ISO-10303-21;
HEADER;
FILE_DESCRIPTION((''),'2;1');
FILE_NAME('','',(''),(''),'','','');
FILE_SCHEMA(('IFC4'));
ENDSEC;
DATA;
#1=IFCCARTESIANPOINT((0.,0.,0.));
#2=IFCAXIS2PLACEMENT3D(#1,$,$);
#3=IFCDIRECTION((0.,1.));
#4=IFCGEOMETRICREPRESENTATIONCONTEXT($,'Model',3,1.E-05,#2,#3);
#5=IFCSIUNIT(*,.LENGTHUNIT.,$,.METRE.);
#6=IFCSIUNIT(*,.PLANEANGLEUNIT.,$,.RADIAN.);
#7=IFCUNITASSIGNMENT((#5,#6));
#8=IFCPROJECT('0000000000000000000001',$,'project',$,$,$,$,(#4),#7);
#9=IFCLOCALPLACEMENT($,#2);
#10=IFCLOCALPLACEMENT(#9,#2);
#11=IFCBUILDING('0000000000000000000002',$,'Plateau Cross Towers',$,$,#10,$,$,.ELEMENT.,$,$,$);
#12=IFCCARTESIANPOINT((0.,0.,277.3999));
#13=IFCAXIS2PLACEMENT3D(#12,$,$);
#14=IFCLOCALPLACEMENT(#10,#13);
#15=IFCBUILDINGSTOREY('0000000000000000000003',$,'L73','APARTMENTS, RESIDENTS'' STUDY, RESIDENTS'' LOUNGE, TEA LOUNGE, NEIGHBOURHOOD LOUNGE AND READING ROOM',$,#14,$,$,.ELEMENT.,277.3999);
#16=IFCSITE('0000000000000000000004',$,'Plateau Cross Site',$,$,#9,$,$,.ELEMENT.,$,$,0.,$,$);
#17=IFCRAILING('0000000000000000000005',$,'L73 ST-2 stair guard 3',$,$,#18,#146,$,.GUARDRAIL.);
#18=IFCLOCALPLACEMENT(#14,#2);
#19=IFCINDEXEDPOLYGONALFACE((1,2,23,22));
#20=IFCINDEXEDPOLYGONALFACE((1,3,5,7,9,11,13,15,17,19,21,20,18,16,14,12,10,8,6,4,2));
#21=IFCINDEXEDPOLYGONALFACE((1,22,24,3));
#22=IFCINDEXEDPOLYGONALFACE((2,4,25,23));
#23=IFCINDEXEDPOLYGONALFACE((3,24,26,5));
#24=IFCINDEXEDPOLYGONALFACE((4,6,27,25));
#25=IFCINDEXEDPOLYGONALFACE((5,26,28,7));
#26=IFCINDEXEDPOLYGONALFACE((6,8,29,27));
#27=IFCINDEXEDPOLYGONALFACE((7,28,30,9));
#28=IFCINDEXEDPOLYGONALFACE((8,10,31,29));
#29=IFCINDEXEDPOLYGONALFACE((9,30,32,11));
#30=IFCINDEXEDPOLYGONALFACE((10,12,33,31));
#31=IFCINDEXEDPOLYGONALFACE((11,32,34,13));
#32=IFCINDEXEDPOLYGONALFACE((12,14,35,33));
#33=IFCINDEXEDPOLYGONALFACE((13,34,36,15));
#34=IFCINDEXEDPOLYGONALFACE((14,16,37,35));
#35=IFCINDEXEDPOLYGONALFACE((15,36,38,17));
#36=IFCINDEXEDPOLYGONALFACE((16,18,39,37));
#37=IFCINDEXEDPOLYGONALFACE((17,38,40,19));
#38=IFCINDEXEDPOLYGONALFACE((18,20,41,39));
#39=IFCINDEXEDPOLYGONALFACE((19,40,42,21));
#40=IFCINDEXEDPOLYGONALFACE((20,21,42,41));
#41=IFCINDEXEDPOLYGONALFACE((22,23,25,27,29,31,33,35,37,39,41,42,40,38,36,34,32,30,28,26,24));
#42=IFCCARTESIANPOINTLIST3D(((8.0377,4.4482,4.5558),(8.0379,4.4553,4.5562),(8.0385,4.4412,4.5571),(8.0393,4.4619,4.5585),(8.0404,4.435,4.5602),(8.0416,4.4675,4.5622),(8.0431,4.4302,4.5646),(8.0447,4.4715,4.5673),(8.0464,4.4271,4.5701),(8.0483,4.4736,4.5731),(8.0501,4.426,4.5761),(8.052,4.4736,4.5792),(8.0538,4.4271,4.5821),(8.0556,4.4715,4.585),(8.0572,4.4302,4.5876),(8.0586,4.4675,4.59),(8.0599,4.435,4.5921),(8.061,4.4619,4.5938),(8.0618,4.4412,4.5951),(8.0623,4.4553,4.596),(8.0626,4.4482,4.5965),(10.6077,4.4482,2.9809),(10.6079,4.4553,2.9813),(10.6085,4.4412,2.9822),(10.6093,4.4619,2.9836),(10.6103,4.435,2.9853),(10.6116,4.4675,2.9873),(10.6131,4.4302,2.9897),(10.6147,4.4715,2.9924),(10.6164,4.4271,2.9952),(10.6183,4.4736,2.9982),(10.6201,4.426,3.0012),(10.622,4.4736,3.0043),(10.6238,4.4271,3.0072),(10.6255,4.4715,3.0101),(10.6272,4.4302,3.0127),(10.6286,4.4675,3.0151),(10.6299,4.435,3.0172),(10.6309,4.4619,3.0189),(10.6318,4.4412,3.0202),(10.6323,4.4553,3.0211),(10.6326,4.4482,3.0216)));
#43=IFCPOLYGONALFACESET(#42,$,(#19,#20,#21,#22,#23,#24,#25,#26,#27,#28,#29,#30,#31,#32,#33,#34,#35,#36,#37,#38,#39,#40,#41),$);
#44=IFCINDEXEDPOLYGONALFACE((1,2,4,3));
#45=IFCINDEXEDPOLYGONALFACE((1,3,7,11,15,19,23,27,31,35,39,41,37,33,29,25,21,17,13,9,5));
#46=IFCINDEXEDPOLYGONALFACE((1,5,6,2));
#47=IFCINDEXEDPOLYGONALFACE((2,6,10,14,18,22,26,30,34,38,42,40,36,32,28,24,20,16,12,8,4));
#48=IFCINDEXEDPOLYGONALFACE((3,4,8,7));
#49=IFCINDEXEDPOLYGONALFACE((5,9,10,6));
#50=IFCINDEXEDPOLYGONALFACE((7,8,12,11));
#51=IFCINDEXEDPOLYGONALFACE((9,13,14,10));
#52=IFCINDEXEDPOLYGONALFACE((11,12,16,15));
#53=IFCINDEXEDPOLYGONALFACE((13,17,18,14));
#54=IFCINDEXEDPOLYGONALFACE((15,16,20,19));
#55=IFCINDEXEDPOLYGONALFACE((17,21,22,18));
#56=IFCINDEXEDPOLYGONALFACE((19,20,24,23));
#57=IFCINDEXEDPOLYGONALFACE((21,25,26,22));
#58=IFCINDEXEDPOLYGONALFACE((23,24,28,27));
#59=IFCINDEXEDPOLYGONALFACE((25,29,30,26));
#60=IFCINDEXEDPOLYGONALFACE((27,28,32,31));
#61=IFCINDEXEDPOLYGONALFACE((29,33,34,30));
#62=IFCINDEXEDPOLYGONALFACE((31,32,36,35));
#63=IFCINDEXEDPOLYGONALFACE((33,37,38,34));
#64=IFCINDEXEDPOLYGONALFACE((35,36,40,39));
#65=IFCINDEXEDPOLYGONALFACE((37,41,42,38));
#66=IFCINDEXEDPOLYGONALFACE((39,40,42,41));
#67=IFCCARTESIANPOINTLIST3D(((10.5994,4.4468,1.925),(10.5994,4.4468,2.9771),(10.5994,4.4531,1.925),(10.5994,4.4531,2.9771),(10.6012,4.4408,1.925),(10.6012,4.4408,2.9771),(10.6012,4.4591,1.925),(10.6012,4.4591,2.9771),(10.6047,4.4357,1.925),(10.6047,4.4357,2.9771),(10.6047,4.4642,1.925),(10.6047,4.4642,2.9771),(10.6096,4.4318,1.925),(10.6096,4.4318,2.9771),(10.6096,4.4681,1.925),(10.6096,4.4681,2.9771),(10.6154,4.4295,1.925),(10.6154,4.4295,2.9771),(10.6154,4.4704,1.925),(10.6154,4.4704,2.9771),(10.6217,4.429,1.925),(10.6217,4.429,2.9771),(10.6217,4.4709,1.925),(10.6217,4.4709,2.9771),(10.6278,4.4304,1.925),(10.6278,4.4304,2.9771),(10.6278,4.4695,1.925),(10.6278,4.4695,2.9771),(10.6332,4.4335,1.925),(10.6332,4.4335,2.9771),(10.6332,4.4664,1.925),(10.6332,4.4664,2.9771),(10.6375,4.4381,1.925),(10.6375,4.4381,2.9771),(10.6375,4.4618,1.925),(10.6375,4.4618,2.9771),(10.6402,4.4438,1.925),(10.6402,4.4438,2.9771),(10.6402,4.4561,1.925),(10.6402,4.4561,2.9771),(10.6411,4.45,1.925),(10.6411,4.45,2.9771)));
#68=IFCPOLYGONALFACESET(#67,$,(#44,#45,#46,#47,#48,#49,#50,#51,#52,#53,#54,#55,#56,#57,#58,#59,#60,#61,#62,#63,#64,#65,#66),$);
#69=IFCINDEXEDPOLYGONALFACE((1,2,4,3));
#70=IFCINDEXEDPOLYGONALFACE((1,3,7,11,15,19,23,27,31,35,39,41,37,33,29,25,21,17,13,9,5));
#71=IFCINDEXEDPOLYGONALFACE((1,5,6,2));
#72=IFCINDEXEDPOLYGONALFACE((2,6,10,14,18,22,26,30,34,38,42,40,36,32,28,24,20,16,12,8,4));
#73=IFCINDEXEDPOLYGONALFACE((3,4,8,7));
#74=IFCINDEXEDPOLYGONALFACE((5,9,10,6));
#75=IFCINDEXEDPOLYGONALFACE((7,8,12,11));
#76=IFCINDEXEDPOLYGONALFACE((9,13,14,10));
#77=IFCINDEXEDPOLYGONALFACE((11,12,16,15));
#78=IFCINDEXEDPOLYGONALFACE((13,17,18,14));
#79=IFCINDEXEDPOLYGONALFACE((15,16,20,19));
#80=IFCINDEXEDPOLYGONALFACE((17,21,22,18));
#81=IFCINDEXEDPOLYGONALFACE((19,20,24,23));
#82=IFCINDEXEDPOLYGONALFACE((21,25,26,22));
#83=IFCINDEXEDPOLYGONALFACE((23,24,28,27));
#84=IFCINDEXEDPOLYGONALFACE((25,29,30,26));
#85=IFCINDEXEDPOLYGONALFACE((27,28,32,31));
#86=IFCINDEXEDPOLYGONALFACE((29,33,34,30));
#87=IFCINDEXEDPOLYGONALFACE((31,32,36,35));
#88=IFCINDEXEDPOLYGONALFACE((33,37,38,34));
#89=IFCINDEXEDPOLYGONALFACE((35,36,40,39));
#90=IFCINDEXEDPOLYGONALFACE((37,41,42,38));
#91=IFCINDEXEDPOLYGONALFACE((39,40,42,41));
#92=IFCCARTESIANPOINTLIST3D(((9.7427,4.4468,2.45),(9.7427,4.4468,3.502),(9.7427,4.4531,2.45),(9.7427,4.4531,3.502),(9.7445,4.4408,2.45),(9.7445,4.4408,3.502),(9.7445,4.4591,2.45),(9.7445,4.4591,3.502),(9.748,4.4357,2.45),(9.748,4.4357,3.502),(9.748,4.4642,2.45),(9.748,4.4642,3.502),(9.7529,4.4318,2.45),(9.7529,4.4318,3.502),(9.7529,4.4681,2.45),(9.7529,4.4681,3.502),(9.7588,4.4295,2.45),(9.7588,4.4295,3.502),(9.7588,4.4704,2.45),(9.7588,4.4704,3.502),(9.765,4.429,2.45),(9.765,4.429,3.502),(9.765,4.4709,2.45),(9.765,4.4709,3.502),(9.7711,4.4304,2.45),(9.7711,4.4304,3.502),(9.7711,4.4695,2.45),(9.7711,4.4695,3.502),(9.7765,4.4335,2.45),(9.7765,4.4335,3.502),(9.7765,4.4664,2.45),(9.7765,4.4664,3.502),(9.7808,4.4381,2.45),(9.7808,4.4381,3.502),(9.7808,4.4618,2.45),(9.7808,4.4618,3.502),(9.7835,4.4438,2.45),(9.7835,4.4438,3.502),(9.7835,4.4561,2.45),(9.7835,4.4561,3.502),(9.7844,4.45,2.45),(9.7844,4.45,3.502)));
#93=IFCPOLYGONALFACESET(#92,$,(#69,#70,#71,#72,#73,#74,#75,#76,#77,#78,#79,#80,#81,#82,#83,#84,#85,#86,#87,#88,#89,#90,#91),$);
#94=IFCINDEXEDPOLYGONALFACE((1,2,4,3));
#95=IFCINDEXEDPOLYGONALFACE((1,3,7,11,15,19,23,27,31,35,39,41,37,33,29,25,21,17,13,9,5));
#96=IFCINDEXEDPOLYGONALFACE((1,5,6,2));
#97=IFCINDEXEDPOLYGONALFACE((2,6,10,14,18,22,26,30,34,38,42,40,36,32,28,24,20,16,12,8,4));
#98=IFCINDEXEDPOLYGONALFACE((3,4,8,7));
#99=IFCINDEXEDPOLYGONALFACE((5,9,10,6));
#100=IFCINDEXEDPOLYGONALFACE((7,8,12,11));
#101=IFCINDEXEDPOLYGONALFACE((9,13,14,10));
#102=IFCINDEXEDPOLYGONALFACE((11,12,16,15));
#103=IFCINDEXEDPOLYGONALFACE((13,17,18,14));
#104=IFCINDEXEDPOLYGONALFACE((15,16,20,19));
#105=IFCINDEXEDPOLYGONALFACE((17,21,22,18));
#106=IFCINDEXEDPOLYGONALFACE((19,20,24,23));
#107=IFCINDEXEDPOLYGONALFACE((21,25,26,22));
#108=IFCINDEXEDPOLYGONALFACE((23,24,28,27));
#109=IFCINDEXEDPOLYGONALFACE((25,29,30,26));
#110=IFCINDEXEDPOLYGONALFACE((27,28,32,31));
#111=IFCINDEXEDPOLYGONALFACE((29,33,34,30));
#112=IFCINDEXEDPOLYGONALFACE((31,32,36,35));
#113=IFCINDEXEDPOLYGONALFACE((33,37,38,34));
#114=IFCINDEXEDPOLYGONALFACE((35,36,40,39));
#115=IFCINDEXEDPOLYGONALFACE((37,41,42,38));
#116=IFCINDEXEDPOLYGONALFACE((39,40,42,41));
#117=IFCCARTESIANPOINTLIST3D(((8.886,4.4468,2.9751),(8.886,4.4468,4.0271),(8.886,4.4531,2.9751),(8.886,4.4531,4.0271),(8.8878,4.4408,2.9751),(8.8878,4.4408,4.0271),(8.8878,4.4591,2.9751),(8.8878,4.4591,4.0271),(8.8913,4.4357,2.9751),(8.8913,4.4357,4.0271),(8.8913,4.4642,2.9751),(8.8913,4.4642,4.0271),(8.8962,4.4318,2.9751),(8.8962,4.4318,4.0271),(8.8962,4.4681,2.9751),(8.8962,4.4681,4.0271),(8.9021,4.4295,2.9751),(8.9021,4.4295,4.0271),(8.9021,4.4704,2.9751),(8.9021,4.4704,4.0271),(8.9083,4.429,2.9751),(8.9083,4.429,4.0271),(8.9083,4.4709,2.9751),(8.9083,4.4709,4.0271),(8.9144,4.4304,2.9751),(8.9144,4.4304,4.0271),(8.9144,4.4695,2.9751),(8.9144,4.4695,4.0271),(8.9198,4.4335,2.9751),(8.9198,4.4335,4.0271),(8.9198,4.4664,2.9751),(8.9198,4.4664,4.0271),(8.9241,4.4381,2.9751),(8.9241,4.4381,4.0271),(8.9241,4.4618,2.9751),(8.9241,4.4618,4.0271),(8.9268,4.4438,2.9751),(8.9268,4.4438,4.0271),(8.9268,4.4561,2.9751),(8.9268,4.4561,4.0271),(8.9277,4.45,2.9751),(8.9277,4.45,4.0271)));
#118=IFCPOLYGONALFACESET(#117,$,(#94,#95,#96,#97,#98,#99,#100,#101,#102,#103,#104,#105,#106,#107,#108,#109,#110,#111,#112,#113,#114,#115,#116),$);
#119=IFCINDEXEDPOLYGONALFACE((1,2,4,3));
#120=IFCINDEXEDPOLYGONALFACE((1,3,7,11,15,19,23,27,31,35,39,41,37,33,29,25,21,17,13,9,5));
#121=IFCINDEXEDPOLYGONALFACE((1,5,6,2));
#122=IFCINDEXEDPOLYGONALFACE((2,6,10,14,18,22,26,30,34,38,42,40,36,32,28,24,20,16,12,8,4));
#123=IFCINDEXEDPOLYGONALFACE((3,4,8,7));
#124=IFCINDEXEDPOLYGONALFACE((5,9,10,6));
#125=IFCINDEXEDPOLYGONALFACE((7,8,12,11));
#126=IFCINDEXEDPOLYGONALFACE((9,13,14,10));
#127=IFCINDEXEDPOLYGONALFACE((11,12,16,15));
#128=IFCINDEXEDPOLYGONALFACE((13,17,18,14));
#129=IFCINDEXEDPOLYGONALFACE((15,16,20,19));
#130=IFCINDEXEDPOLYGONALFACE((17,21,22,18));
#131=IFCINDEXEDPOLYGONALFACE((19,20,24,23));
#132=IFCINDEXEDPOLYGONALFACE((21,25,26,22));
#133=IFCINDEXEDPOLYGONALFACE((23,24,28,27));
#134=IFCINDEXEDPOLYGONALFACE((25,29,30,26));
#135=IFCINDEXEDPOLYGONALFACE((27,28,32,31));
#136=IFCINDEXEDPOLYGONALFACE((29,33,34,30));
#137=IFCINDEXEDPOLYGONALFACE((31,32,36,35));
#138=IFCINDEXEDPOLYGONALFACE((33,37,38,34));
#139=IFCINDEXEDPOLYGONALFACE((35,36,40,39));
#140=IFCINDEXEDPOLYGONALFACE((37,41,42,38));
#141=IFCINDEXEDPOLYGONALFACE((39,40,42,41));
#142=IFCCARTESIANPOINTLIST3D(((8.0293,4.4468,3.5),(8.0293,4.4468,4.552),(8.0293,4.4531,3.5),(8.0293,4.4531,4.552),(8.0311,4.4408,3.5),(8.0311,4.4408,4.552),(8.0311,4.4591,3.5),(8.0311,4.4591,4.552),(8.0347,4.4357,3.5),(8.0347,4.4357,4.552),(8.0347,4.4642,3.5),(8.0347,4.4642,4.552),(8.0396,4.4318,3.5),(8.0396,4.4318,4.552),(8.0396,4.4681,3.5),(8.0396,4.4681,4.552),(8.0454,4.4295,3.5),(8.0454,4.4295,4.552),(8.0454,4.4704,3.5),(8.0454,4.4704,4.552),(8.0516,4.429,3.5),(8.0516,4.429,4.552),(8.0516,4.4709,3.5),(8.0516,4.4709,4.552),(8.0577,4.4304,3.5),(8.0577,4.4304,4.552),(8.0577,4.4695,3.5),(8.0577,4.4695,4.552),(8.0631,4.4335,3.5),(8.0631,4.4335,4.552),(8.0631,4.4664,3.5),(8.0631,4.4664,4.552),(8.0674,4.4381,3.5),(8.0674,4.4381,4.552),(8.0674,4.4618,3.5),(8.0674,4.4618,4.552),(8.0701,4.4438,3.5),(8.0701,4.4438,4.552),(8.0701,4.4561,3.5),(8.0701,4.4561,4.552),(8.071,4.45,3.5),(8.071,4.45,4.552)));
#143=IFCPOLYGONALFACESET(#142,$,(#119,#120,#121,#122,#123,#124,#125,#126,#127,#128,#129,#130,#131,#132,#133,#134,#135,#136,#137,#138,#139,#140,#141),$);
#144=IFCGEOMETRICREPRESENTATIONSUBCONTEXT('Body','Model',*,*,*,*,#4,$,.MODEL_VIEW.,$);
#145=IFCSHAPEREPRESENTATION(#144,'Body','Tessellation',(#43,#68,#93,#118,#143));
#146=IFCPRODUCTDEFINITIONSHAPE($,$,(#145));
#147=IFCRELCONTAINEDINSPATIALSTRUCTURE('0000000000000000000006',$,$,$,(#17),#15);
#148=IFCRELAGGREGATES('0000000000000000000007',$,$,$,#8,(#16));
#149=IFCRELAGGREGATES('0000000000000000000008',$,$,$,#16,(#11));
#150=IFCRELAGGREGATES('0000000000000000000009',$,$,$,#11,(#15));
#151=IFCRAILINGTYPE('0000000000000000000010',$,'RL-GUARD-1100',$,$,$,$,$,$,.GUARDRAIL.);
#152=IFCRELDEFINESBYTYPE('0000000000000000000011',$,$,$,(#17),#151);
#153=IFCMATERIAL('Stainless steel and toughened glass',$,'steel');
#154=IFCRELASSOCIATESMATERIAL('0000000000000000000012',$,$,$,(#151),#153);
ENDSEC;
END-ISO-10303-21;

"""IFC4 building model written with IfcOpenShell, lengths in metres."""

from ifc_helpers import new_model, si_unit, direction, frame, origin, origin_2d, place, context, subcontext, project, spatial, circle, extrude, material, type_object, element, save


model = new_model("IFC4")

# Units and contexts
model_context = context("Model", 3, precision=1e-05, world=origin(), true_north=direction((0.0, 1.0)))
body_context = subcontext(model_context, "Body", "Model", "MODEL_VIEW")
ifc_project = project(units=[si_unit("LENGTHUNIT", "METRE"), si_unit("PLANEANGLEUNIT", "RADIAN")], contexts=[model_context])

# Site, building, storey
site_placement = place(None, origin())
site = spatial("IfcSite", under=ifc_project, at=site_placement, Name="Plateau Cross Site", CompositionType="ELEMENT", RefElevation=0.0)
building_placement = place(site_placement, origin())
building = spatial("IfcBuilding", under=site, at=building_placement, Name="Plateau Cross Towers", CompositionType="ELEMENT")
storey_placement = place(building_placement, frame((0.0, 0.0, 277.3999)))
storey = spatial("IfcBuildingStorey", under=building, at=storey_placement, Name="L73", Description="APARTMENTS, RESIDENTS' STUDY, RESIDENTS' LOUNGE, TEA LOUNGE, NEIGHBOURHOOD LOUNGE AND READING ROOM", CompositionType="ELEMENT", Elevation=277.3999)

# Railing
ifc_material_1 = material(Name="Stainless steel and toughened glass", Category="steel")
railing_type_1 = type_object("IfcRailingType", Name="RL-GUARD-1100", PredefinedType="GUARDRAIL", material=ifc_material_1)
railing_1_placement = place(storey_placement, frame((10.6201, 4.45, 1.925)))
element("IfcRailing", 1, at=railing_1_placement, inside=storey, type_object=railing_type_1, Name="L73 ST-2 stair guard 3", PredefinedType="GUARDRAIL", context=body_context, shape_type="SweptSolid", body=[
    extrude(circle(Radius=0.0239, at=origin_2d()), frame((0.0, 0.0, 1.0762), z_axis=(-0.852639, 0.0, 0.522501), x_axis=(0.0, -1.0, 0.0)), (0.0, 0.0, 1.0), 3.0142),
    extrude(circle(Radius=0.021, at=origin_2d()), origin(), (0.0, 0.0, 1.0), 1.052),
    extrude(circle(Radius=0.021, at=origin_2d()), frame((-0.8567, 0.0, 0.5249)), (0.0, 0.0, 1.0), 1.052),
    extrude(circle(Radius=0.021, at=origin_2d()), frame((-1.7134, 0.0, 1.05)), (0.0, 0.0, 1.0), 1.052),
    extrude(circle(Radius=0.021, at=origin_2d()), frame((-2.5701, 0.0, 1.575)), (0.0, 0.0, 1.0), 1.052),
])

save(model, "model.ifc")
